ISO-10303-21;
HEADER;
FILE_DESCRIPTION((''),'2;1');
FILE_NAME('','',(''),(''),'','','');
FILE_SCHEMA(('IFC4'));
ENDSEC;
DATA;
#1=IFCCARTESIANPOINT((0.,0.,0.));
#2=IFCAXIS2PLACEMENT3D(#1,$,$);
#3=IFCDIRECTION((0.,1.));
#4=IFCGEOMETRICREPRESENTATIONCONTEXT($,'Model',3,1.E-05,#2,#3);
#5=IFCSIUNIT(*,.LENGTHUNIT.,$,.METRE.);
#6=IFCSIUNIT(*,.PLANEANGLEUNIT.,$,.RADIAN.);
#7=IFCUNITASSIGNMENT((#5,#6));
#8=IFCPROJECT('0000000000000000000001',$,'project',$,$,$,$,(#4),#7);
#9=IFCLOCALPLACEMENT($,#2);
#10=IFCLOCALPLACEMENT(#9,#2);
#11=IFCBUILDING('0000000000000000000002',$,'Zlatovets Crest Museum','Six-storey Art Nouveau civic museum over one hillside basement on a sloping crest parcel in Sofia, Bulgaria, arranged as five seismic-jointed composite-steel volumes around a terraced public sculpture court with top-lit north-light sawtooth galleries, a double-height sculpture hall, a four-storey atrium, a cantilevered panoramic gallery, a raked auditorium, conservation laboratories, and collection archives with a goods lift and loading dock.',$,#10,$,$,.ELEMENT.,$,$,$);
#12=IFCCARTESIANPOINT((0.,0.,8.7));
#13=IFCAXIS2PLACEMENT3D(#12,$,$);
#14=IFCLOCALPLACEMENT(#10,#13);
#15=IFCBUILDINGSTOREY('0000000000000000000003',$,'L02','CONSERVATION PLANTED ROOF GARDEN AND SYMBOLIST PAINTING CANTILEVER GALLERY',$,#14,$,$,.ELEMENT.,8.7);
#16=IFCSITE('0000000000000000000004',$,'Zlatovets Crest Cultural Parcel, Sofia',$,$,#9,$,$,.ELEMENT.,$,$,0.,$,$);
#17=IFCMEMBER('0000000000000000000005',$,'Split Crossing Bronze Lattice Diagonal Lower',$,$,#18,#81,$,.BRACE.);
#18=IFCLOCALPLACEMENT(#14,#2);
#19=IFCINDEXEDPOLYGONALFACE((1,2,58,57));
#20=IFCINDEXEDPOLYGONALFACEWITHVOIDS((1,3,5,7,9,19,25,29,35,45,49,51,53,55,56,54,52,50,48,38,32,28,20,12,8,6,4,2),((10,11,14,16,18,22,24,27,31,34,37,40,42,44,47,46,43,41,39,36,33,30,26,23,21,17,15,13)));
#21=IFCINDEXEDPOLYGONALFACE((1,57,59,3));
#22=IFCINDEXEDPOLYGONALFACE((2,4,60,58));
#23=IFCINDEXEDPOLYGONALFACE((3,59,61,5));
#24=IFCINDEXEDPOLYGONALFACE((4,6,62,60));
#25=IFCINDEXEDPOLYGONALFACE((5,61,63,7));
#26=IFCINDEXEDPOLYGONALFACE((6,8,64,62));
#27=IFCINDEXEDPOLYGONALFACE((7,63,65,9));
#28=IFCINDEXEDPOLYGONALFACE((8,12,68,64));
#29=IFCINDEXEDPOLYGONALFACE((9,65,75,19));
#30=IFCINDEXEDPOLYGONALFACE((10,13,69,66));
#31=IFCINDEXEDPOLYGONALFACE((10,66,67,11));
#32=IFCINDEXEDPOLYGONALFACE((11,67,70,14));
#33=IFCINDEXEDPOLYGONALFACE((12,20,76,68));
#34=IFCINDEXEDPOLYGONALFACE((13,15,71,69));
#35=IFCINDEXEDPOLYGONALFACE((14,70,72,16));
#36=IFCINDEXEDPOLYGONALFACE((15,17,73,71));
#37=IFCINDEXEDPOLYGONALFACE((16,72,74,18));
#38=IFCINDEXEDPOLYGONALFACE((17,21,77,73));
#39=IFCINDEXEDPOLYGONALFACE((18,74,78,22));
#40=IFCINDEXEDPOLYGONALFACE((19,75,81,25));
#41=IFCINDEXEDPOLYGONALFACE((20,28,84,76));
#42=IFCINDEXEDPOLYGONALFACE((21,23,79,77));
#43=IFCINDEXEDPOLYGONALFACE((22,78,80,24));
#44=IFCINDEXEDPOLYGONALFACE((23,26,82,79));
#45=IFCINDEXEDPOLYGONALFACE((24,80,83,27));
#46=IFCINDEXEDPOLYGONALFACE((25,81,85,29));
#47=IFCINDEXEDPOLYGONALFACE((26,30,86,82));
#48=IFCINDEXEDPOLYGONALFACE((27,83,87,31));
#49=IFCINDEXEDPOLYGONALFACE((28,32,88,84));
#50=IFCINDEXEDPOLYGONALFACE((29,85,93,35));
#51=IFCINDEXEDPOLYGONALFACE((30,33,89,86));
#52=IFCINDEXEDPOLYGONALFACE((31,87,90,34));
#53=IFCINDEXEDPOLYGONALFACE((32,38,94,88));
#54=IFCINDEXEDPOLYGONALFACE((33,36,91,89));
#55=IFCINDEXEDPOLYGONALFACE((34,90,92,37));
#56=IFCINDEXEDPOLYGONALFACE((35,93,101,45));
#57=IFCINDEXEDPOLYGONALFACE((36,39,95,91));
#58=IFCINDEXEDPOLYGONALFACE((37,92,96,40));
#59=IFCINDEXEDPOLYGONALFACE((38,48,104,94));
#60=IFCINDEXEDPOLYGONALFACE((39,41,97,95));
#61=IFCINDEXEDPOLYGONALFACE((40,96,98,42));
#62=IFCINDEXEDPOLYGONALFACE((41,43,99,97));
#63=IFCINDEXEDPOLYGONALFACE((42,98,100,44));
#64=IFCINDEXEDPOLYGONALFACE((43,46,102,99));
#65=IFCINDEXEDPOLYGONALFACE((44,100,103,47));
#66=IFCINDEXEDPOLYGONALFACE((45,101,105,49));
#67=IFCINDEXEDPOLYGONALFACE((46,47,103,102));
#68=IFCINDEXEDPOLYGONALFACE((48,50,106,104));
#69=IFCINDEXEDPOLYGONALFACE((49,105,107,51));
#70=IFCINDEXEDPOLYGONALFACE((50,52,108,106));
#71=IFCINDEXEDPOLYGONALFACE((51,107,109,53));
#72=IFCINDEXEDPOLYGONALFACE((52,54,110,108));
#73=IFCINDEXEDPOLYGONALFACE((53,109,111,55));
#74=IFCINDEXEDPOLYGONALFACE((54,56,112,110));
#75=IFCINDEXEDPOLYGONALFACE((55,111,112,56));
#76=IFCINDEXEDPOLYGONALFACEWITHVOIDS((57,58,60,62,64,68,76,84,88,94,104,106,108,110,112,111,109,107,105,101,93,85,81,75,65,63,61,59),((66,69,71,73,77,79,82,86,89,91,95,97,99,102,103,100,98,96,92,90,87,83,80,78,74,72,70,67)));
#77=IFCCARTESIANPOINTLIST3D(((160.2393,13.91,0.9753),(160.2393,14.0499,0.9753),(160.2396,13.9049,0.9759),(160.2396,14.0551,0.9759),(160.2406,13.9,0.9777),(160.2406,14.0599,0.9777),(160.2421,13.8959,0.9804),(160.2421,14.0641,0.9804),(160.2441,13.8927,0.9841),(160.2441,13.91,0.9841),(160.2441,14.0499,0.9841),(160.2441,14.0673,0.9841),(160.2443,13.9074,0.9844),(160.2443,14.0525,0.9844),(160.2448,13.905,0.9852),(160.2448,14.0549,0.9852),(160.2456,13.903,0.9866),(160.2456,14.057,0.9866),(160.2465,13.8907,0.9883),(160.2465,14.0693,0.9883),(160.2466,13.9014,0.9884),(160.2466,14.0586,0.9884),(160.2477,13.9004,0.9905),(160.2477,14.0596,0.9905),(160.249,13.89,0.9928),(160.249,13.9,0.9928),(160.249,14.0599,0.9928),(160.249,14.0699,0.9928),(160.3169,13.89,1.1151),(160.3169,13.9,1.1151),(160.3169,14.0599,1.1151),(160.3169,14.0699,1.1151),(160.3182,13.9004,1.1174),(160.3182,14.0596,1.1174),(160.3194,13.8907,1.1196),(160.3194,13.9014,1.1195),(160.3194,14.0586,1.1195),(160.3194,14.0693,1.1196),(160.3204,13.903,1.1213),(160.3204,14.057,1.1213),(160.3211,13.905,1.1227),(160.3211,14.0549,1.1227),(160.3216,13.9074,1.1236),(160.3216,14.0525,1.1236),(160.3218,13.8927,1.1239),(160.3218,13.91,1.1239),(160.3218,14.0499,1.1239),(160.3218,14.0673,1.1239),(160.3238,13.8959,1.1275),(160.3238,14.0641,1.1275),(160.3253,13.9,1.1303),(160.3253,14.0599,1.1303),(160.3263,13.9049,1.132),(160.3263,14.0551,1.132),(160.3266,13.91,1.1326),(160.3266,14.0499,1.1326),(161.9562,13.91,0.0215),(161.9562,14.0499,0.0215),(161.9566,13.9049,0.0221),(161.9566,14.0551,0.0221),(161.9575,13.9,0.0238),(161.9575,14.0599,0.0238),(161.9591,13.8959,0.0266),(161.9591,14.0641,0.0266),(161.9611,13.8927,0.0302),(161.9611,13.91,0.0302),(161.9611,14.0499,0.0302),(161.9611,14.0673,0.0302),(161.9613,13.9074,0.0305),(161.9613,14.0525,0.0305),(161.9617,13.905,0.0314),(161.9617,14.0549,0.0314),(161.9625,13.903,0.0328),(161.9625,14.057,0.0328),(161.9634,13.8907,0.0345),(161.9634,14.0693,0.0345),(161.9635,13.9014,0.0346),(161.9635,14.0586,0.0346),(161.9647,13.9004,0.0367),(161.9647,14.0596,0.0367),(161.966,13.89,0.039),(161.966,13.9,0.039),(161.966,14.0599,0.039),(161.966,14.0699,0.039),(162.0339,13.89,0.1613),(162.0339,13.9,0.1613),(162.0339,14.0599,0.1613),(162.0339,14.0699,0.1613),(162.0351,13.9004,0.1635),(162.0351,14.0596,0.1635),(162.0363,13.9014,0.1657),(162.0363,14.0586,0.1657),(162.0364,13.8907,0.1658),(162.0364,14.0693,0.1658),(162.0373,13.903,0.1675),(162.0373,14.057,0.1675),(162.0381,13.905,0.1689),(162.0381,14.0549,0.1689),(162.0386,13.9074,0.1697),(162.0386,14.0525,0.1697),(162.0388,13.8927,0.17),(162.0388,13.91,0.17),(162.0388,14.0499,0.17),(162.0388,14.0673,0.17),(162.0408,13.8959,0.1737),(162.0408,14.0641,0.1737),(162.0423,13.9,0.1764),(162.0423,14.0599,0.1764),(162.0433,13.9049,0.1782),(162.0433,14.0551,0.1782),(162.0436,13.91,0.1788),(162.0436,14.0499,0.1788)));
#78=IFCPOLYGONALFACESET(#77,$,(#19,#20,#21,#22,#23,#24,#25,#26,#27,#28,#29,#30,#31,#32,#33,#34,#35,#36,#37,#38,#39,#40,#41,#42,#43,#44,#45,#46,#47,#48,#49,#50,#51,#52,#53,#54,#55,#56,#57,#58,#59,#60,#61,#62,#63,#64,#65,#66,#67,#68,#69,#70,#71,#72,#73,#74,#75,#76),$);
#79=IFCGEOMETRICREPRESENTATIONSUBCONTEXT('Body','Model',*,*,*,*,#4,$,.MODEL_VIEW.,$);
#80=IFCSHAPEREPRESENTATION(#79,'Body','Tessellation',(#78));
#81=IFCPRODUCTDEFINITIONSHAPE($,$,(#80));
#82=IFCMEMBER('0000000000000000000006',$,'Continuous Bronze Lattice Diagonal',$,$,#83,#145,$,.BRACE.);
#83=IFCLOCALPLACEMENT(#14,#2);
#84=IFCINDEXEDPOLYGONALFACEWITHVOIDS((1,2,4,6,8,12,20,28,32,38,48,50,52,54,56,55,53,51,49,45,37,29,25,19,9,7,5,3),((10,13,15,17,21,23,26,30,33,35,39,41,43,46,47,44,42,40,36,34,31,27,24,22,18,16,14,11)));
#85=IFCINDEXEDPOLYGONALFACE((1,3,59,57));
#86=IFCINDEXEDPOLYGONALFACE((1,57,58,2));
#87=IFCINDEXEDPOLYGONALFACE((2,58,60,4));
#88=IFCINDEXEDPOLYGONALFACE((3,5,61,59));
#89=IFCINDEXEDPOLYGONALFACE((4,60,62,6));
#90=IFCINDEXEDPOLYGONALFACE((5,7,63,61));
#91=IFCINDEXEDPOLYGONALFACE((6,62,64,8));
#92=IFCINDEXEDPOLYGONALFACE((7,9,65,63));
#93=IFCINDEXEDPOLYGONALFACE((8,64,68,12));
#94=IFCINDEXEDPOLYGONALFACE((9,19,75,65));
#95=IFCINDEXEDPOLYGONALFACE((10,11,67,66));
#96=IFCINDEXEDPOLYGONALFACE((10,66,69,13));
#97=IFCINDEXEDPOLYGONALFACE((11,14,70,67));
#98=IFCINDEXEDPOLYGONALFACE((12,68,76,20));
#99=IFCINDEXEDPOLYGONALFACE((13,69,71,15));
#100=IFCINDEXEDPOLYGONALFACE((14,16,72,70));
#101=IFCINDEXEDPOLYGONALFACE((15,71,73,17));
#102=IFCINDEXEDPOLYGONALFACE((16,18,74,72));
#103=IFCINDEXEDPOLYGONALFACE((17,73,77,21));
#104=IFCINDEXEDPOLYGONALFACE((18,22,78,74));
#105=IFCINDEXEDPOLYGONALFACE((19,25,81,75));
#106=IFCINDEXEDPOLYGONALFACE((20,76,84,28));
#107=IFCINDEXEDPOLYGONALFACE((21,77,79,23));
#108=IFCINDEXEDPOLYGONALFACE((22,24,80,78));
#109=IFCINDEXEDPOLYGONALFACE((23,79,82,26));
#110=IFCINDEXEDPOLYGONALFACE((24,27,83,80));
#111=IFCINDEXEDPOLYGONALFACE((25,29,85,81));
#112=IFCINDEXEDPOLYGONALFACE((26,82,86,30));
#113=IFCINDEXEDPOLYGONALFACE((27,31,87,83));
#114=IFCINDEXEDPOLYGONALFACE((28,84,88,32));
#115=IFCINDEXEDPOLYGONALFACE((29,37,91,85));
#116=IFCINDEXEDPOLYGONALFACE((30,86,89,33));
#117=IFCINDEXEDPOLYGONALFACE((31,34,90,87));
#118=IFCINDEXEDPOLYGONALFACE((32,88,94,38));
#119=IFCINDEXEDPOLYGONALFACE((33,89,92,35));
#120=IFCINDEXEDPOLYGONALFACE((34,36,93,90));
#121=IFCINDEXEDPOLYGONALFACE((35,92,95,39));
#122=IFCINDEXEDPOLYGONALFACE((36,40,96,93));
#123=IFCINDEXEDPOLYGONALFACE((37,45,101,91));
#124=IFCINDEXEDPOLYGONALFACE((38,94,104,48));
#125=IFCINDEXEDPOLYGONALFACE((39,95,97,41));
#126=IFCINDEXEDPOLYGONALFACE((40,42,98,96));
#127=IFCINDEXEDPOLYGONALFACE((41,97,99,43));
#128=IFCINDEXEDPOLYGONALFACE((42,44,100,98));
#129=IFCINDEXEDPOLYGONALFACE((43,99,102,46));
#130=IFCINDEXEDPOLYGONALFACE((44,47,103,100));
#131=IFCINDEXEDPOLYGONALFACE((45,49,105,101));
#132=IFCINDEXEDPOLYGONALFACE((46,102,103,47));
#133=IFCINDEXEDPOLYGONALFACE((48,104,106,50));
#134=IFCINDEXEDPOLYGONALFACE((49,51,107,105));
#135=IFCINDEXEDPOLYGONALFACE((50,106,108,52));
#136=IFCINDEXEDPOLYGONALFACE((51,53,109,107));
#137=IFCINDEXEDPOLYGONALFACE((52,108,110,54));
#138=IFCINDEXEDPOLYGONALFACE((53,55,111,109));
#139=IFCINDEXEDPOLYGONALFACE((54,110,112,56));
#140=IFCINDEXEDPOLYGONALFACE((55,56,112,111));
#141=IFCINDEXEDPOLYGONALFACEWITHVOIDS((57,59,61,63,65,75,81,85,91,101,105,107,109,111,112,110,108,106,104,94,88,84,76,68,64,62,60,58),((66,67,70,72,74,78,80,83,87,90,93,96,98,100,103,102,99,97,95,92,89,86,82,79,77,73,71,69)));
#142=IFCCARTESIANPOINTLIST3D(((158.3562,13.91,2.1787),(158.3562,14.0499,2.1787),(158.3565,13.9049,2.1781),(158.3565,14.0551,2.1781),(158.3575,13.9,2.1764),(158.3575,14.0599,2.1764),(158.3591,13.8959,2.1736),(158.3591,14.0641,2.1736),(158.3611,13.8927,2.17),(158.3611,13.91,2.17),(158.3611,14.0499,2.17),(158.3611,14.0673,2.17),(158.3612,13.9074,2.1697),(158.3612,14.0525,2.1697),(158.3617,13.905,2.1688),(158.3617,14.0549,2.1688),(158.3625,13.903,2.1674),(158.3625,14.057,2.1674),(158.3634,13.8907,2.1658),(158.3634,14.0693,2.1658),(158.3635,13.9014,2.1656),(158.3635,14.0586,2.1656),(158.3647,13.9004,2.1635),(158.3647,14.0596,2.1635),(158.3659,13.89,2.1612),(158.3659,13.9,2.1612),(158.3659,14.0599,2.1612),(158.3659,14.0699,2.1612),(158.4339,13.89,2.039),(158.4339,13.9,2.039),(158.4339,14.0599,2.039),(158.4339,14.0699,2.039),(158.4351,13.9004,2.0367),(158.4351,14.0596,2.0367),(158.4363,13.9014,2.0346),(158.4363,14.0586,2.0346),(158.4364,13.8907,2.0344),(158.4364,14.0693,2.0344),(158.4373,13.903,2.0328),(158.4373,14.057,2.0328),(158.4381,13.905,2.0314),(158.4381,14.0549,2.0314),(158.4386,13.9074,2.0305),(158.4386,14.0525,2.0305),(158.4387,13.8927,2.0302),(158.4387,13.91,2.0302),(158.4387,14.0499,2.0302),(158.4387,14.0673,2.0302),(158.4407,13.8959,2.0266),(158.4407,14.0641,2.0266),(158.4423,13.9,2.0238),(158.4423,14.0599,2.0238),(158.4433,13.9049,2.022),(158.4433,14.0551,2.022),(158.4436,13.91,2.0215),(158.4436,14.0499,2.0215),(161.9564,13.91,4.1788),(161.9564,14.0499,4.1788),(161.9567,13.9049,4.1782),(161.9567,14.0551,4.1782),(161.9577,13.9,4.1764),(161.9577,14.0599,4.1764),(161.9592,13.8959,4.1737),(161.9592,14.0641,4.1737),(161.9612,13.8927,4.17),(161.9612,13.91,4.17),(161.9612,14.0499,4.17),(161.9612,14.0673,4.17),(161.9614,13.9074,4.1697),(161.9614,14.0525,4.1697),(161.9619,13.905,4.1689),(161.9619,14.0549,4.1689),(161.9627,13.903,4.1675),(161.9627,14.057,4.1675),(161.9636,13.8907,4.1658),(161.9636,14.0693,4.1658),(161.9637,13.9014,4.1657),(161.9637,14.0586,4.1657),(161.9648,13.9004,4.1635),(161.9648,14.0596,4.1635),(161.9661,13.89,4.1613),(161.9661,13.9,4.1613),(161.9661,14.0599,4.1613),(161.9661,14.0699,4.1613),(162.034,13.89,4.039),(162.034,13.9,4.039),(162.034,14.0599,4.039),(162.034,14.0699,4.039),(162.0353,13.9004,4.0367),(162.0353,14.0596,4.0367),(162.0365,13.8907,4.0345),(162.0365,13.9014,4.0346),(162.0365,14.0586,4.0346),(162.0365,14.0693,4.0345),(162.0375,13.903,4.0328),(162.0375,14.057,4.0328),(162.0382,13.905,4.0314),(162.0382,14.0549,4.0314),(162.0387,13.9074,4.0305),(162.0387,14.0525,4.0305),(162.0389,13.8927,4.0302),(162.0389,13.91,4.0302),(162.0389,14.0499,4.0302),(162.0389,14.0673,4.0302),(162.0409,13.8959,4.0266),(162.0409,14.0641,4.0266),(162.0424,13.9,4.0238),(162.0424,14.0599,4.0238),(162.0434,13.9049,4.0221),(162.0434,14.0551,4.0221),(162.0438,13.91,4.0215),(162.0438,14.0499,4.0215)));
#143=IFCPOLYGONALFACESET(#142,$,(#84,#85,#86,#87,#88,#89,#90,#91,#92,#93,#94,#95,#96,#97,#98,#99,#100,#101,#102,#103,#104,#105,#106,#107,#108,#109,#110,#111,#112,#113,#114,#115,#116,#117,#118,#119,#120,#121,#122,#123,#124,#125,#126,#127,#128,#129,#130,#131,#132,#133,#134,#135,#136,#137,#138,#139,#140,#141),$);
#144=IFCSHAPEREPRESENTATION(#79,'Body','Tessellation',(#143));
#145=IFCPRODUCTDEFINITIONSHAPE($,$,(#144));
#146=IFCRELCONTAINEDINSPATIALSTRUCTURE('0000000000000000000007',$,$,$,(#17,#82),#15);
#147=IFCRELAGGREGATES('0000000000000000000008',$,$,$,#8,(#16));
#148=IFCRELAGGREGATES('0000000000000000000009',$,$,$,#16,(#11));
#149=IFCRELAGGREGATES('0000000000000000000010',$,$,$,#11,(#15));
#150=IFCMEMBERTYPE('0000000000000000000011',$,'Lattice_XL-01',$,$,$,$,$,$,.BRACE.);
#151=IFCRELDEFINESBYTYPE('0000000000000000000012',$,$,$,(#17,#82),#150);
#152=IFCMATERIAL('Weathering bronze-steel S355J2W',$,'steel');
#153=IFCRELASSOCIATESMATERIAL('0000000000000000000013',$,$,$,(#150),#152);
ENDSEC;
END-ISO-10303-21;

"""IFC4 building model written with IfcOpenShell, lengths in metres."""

from ifc_helpers import new_model, si_unit, direction, frame, origin, origin_2d, place, context, subcontext, project, spatial, hollow_rectangle, extrude, material, material_profile, profile_set, type_object, element, save


model = new_model("IFC4")

# Units and contexts
model_context = context("Model", 3, precision=1e-05, world=origin(), true_north=direction((0.0, 1.0)))
body_context = subcontext(model_context, "Body", "Model", "MODEL_VIEW")
ifc_project = project(units=[si_unit("LENGTHUNIT", "METRE"), si_unit("PLANEANGLEUNIT", "RADIAN")], contexts=[model_context])

# Site, building, storey
site_placement = place(None, origin())
site = spatial("IfcSite", under=ifc_project, at=site_placement, Name="Zlatovets Crest Cultural Parcel, Sofia", CompositionType="ELEMENT", RefElevation=0.0)
building_placement = place(site_placement, origin())
building = spatial("IfcBuilding", under=site, at=building_placement, Name="Zlatovets Crest Museum", Description="Six-storey Art Nouveau civic museum over one hillside basement on a sloping crest parcel in Sofia, Bulgaria, arranged as five seismic-jointed composite-steel volumes around a terraced public sculpture court with top-lit north-light sawtooth galleries, a double-height sculpture hall, a four-storey atrium, a cantilevered panoramic gallery, a raked auditorium, conservation laboratories, and collection archives with a goods lift and loading dock.", CompositionType="ELEMENT")
storey_placement = place(building_placement, frame((0.0, 0.0, 8.7)))
storey = spatial("IfcBuildingStorey", under=building, at=storey_placement, Name="L02", Description="CONSERVATION PLANTED ROOF GARDEN AND SYMBOLIST PAINTING CANTILEVER GALLERY", CompositionType="ELEMENT", Elevation=8.7)

# Members
ifc_material_1 = material(Name="Weathering bronze-steel S355J2W", Category="steel")
ifc_material_profile_1 = material_profile(ifc_material_1, hollow_rectangle(XDim=0.1799, YDim=0.1799, WallThickness=0.01, InnerFilletRadius=0.01, OuterFilletRadius=0.02, at=origin_2d()), Name="SHS 180x180x10.0")
ifc_profile_set_1 = profile_set([ifc_material_profile_1], Name="Weathering bronze-steel S355J2W")
member_type_1 = type_object("IfcMemberType", Name="Lattice_XL-01", PredefinedType="BRACE", material=ifc_profile_set_1)
for number, where, z_axis, x_axis, name in (
    (1, (160.283, 13.98, 1.054), (0.874169, 0.0, -0.485622), (0.0, 1.0, 0.0), "Split Crossing Bronze Lattice Diagonal Lower"),
):
    element("IfcMember", number, at=place(storey_placement, frame(where, z_axis=z_axis, x_axis=x_axis)), inside=storey, type_object=member_type_1, Name=name, PredefinedType="BRACE", context=body_context, shape_type="SweptSolid", body=[
        extrude(hollow_rectangle(XDim=0.1799, YDim=0.1799, WallThickness=0.01, InnerFilletRadius=0.01, OuterFilletRadius=0.02, at=origin_2d()), origin(), (0.0, 0.0, 1.0), 1.9641),
    ])
member_1_placement = place(storey_placement, frame((158.3999, 13.98, 2.1001), z_axis=(0.874163, 0.0, 0.485633), x_axis=(0.0, 1.0, 0.0)))
element("IfcMember", 2, at=member_1_placement, inside=storey, type_object=member_type_1, Name="Continuous Bronze Lattice Diagonal", PredefinedType="BRACE", context=body_context, shape_type="SweptSolid", body=[
    extrude(hollow_rectangle(XDim=0.1799, YDim=0.1799, WallThickness=0.01, InnerFilletRadius=0.01, OuterFilletRadius=0.02, at=origin_2d()), origin(), (0.0, 0.0, 1.0), 4.1184),
])

save(model, "model.ifc")
